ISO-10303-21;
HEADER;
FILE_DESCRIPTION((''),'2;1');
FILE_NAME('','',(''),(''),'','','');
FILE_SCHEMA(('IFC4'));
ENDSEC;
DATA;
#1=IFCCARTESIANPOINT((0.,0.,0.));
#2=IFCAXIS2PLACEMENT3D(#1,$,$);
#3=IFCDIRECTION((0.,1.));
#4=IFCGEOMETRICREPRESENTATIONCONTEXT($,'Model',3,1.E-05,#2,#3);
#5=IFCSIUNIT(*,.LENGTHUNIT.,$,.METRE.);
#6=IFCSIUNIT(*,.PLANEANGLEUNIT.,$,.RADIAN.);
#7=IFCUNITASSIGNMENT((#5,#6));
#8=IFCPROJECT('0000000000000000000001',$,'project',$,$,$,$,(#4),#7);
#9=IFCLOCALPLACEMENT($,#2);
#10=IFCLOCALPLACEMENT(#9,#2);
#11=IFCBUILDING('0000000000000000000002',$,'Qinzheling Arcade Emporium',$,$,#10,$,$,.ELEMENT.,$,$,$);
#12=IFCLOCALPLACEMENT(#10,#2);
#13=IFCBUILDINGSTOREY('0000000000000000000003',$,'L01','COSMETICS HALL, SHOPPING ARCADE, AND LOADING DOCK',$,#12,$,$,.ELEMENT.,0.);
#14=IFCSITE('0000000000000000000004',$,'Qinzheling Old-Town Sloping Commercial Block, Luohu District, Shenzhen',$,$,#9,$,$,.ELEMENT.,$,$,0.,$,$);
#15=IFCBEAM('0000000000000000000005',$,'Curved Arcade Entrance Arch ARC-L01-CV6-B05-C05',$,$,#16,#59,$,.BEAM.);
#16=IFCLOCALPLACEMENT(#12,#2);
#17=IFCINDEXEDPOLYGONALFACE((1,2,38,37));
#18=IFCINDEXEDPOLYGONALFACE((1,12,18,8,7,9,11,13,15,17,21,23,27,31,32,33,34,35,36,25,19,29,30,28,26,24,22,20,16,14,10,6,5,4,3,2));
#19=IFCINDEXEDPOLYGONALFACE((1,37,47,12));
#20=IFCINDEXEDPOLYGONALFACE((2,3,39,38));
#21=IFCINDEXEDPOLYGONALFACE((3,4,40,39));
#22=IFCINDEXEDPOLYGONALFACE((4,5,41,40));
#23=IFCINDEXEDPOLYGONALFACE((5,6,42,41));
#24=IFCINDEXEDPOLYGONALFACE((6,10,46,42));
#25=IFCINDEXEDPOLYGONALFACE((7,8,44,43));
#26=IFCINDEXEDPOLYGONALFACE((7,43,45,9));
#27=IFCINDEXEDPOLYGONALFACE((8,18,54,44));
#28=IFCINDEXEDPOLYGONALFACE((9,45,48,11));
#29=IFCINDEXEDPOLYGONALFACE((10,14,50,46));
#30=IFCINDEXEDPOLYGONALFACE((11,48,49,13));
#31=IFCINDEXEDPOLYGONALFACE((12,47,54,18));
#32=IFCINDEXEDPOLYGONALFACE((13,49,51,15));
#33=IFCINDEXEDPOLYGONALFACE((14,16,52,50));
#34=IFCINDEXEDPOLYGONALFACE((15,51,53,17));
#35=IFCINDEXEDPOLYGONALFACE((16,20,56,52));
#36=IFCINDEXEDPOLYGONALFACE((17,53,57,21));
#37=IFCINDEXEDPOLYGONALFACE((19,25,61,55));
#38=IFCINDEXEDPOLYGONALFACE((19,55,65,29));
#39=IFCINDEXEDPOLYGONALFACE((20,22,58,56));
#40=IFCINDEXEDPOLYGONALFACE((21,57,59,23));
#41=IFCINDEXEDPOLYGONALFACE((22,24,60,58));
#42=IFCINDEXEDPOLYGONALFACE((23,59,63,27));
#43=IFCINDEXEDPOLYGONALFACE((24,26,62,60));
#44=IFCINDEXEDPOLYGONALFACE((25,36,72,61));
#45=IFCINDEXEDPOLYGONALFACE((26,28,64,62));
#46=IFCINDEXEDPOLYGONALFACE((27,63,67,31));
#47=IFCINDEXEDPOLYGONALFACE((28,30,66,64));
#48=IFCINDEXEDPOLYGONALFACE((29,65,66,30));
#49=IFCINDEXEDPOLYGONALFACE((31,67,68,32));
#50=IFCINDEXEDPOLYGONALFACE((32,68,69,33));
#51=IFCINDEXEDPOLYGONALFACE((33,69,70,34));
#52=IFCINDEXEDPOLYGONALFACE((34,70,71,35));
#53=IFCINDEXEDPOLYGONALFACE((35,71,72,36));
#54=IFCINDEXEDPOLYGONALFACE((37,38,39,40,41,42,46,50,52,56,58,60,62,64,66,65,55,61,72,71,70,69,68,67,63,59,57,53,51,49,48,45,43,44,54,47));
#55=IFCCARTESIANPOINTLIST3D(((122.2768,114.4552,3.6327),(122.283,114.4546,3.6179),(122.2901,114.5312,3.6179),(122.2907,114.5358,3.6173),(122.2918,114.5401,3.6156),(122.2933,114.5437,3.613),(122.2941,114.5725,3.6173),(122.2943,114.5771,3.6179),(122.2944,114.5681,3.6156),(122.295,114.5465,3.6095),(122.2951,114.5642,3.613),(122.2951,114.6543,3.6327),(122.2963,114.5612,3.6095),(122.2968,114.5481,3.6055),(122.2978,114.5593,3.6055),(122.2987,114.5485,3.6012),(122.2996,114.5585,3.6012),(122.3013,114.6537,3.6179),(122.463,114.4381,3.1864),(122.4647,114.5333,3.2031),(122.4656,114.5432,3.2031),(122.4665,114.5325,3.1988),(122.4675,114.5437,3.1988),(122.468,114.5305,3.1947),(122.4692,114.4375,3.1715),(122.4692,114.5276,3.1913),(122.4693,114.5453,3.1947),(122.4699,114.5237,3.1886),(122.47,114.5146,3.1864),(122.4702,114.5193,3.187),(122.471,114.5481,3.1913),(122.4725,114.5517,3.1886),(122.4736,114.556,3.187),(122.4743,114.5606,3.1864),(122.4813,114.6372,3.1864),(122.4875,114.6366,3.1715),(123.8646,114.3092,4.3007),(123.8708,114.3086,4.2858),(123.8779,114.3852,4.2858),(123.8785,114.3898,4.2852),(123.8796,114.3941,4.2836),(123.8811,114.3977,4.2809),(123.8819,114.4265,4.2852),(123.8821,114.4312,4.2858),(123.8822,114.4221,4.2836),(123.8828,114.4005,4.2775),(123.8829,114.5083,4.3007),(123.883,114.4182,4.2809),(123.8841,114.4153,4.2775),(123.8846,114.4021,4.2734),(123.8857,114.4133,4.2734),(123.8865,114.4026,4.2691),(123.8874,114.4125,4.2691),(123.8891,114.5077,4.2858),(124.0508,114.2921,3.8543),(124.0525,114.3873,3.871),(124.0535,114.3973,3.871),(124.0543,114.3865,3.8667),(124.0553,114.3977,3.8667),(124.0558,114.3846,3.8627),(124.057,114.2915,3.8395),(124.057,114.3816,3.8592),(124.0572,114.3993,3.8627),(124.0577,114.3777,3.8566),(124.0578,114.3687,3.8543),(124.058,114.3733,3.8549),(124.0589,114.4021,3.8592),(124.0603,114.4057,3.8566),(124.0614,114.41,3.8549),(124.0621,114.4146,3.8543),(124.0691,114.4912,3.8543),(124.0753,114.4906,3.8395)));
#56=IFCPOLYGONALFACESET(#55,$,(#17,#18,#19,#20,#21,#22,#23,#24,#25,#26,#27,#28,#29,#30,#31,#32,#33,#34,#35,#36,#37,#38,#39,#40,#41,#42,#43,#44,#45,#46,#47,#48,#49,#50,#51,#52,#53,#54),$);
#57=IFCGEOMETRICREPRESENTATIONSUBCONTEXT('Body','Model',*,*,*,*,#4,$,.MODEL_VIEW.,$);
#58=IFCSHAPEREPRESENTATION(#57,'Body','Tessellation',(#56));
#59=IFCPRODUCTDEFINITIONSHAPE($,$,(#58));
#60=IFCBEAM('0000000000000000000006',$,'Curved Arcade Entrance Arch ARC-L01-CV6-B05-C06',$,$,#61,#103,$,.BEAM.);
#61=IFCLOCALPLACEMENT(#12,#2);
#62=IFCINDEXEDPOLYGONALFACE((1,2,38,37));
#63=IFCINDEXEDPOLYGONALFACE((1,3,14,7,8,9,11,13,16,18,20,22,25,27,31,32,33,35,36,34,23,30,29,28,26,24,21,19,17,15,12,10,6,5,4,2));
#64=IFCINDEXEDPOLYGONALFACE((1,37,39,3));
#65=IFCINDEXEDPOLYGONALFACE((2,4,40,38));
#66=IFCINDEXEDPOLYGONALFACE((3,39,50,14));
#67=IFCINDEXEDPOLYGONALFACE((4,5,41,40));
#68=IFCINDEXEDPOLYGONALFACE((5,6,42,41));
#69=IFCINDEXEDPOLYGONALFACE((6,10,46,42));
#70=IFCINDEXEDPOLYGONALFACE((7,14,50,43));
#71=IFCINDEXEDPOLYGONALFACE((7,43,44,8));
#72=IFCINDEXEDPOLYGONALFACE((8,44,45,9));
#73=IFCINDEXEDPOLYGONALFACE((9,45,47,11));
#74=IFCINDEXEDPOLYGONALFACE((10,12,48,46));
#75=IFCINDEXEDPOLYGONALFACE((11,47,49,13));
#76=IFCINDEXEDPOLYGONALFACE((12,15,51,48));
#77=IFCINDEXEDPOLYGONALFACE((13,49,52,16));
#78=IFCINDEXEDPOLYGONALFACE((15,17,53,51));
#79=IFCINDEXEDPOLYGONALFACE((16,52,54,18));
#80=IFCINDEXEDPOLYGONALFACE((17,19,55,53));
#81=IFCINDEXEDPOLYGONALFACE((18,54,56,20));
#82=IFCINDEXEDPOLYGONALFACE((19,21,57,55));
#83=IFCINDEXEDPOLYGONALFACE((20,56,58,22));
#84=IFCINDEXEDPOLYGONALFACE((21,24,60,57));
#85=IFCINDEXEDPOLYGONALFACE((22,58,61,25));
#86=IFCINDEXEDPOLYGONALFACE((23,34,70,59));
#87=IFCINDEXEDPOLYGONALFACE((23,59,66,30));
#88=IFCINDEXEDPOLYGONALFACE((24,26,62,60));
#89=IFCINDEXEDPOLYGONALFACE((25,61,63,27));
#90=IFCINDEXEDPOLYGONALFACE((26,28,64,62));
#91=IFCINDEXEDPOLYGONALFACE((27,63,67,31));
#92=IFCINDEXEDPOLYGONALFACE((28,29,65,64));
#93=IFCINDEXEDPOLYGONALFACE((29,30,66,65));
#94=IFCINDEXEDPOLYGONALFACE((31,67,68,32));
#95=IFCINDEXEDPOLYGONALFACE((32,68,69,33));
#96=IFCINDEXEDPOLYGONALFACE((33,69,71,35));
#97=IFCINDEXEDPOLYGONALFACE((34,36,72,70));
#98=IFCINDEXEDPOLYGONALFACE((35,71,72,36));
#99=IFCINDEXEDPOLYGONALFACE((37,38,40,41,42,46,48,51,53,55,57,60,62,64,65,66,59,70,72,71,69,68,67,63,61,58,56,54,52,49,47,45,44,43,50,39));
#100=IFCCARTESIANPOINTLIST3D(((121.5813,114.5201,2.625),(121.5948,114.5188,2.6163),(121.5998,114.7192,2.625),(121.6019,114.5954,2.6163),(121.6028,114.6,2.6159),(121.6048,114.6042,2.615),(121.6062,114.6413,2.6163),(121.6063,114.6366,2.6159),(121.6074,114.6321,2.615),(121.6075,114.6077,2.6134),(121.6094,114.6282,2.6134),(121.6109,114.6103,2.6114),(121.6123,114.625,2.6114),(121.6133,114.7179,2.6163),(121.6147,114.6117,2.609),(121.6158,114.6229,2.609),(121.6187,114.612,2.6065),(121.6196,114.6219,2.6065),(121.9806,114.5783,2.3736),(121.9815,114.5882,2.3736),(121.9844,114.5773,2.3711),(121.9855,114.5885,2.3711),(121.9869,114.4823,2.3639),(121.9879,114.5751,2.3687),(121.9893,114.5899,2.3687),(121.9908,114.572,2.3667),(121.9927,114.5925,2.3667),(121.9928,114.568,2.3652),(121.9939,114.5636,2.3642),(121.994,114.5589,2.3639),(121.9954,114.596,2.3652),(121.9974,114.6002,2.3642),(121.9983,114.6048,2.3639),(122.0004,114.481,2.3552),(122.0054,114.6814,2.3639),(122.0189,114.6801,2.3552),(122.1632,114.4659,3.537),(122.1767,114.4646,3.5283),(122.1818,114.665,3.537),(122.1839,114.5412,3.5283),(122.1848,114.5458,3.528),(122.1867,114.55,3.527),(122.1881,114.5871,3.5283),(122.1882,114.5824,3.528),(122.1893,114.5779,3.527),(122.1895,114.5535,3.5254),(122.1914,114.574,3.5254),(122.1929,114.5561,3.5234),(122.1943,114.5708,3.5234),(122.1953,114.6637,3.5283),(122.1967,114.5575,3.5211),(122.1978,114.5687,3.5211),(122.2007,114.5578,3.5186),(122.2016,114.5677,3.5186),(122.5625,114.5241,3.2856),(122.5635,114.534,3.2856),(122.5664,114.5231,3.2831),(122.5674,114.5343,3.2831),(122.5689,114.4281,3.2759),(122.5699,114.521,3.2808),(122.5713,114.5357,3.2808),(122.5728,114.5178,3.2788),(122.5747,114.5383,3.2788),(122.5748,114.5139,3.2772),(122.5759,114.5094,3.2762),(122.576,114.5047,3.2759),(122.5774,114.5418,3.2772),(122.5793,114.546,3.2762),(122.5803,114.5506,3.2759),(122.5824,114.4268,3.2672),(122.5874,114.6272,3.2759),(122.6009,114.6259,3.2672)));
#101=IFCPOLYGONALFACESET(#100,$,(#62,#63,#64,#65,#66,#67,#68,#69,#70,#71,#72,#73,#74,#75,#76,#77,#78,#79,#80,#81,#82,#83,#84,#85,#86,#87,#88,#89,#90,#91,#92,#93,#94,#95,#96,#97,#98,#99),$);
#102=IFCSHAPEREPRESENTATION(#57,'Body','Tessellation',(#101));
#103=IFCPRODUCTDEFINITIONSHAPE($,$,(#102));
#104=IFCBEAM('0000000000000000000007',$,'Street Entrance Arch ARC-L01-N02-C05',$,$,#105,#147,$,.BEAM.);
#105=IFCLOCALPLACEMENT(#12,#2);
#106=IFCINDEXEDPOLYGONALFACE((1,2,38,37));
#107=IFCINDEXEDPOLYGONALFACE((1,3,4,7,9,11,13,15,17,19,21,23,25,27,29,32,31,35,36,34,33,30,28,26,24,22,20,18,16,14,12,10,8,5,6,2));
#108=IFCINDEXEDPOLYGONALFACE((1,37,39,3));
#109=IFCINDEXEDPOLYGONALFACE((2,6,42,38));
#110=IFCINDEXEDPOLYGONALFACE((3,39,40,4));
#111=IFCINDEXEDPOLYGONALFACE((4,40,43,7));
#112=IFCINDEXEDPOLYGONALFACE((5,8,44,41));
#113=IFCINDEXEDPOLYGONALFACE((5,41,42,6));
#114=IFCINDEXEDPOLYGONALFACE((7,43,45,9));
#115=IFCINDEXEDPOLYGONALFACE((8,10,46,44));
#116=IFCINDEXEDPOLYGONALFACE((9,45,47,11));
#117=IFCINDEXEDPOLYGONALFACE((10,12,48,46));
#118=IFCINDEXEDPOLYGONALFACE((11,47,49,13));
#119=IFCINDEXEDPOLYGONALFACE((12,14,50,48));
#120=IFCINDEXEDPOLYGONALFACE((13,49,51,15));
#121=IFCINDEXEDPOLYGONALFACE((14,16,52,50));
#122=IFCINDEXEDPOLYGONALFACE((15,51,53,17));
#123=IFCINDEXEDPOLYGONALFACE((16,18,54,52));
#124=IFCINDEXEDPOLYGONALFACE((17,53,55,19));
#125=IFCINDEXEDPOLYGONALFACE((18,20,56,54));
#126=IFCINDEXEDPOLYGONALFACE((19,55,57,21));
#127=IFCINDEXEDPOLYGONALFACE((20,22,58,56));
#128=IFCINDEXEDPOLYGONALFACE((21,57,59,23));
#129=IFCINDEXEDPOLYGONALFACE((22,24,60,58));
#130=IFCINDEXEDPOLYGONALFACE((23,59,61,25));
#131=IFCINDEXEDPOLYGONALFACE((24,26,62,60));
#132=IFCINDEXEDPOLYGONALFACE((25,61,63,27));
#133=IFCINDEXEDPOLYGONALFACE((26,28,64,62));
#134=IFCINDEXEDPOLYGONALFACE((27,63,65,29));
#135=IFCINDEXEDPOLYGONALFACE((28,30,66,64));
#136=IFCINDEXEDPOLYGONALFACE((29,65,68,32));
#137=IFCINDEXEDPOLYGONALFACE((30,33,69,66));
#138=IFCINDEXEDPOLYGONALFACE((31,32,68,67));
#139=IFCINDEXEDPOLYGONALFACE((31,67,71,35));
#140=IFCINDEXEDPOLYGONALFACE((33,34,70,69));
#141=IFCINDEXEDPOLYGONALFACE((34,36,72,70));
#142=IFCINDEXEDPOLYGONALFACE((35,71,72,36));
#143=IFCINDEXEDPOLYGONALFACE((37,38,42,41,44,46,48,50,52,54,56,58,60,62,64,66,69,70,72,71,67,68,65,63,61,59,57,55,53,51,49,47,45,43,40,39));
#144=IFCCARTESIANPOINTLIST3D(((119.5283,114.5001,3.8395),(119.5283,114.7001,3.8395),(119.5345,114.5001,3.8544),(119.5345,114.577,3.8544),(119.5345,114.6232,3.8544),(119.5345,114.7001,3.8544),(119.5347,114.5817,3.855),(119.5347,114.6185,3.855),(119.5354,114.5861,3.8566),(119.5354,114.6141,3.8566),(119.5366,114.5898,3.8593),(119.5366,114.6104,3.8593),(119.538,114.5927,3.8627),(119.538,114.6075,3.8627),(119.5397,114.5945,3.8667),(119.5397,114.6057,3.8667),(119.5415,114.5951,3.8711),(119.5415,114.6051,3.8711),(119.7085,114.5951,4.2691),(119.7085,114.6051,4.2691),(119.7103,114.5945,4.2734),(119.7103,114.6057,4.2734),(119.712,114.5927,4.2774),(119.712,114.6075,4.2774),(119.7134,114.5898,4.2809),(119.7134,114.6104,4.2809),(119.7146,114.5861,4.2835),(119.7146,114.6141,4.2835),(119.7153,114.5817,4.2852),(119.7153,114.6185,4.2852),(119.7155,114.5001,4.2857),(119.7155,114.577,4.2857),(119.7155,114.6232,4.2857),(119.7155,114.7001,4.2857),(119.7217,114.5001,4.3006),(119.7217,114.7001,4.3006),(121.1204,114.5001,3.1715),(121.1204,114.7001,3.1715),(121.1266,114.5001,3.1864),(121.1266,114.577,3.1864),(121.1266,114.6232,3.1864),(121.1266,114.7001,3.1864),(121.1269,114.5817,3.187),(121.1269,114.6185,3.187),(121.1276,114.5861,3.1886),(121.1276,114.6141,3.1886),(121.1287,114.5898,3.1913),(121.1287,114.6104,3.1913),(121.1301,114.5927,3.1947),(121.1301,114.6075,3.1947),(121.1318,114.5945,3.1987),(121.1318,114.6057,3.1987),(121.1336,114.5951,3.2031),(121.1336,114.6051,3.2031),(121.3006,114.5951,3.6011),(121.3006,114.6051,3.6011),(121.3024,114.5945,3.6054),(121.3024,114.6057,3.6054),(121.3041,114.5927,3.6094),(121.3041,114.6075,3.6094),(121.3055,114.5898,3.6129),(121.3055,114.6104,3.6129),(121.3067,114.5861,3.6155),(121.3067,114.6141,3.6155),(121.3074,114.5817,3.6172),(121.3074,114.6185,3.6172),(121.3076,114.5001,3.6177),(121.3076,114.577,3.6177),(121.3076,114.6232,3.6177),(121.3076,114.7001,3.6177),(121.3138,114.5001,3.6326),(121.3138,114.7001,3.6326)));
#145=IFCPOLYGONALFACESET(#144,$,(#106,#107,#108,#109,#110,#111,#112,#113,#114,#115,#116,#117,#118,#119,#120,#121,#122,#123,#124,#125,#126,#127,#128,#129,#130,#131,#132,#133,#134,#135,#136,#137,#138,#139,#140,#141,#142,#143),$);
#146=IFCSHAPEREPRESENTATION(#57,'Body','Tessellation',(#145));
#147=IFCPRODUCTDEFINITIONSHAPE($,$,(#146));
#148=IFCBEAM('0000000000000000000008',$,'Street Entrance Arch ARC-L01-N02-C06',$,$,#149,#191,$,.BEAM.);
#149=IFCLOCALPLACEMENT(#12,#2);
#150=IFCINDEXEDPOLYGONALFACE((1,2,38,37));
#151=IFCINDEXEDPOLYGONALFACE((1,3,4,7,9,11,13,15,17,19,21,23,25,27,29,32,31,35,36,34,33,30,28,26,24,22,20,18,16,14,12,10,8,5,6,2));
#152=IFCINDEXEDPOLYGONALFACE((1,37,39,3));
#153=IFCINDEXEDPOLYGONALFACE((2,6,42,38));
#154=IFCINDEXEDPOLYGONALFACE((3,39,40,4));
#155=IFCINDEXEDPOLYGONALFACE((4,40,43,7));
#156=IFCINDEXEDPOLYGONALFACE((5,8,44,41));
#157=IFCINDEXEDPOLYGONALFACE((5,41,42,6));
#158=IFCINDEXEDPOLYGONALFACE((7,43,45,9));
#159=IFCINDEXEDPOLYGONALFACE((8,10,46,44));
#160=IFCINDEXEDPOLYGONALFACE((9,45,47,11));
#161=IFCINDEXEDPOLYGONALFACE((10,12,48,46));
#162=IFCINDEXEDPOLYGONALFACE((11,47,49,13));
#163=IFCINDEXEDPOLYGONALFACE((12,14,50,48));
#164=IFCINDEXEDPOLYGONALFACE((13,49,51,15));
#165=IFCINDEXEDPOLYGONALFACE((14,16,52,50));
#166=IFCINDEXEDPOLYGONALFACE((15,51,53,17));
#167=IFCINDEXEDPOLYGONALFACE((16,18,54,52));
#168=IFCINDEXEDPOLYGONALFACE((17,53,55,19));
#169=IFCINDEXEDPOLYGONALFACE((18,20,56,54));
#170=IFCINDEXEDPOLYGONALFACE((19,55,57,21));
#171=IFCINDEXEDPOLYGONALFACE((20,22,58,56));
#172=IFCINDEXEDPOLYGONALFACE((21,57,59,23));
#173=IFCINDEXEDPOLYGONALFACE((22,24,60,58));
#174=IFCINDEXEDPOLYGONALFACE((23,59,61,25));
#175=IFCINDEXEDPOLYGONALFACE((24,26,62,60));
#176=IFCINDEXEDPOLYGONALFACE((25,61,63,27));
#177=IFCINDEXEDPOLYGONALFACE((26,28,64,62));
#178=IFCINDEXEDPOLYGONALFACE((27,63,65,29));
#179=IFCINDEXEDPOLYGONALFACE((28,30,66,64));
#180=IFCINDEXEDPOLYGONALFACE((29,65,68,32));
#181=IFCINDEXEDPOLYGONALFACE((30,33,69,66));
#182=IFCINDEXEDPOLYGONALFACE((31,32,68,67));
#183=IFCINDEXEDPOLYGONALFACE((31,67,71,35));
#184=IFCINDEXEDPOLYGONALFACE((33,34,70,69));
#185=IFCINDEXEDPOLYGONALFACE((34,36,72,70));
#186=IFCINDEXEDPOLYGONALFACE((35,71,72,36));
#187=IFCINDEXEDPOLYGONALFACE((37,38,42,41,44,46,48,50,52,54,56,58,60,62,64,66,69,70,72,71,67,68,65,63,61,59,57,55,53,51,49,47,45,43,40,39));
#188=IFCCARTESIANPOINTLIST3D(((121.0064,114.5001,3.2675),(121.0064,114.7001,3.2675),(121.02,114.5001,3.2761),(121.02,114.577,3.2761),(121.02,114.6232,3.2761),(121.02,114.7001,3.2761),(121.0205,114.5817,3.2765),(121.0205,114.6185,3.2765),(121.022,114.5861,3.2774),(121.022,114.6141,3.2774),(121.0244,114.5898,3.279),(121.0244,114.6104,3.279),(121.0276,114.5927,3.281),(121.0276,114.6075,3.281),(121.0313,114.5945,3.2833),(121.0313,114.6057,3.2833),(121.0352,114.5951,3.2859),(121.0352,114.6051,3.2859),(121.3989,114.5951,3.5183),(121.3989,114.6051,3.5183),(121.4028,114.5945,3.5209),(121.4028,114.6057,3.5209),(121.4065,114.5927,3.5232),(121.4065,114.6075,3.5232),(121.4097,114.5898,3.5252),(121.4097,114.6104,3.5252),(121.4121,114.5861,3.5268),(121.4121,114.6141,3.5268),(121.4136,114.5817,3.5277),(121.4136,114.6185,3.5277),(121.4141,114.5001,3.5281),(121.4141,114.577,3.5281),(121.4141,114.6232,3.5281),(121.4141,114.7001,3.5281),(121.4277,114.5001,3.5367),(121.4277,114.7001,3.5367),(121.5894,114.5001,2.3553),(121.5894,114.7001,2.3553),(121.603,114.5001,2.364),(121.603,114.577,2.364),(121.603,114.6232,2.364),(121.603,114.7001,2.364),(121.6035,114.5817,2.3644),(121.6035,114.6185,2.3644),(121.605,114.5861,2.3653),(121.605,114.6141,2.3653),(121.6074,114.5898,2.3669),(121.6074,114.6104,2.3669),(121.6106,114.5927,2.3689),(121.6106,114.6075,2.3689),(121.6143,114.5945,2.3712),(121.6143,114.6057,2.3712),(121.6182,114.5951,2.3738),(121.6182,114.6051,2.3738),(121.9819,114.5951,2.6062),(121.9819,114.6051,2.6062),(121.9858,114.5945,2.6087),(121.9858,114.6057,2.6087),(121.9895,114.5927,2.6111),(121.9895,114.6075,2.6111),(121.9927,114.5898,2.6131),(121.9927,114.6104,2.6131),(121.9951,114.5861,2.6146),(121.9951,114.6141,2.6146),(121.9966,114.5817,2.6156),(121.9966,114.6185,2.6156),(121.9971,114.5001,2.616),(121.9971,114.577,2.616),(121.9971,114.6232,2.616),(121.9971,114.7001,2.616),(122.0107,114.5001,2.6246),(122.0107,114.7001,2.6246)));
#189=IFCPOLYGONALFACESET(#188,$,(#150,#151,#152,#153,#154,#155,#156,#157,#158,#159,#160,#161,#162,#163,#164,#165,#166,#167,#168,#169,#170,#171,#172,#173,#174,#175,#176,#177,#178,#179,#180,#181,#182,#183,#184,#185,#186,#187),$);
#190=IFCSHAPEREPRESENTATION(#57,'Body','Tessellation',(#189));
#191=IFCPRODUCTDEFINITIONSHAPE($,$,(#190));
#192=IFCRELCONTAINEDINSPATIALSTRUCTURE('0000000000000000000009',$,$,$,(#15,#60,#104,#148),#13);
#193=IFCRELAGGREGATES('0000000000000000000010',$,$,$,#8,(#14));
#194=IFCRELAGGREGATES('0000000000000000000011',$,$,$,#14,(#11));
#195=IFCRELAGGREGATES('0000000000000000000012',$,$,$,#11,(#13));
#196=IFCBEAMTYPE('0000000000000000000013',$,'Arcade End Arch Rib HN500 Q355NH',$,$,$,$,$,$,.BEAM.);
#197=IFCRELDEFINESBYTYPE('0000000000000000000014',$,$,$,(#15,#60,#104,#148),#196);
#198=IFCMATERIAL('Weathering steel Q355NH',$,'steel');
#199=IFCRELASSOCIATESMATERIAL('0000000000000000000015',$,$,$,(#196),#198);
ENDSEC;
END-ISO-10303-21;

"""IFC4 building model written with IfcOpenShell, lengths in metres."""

from ifc_helpers import new_model, si_unit, direction, frame, origin, origin_2d, place, context, subcontext, project, spatial, i_section, extrude, material, material_profile, profile_set, type_object, element, save


model = new_model("IFC4")

# Units and contexts
model_context = context("Model", 3, precision=1e-05, world=origin(), true_north=direction((0.0, 1.0)))
body_context = subcontext(model_context, "Body", "Model", "MODEL_VIEW")
ifc_project = project(units=[si_unit("LENGTHUNIT", "METRE"), si_unit("PLANEANGLEUNIT", "RADIAN")], contexts=[model_context])

# Site, building, storey
site_placement = place(None, origin())
site = spatial("IfcSite", under=ifc_project, at=site_placement, Name="Qinzheling Old-Town Sloping Commercial Block, Luohu District, Shenzhen", CompositionType="ELEMENT", RefElevation=0.0)
building_placement = place(site_placement, origin())
building = spatial("IfcBuilding", under=site, at=building_placement, Name="Qinzheling Arcade Emporium", CompositionType="ELEMENT")
storey_placement = place(building_placement, origin())
storey = spatial("IfcBuildingStorey", under=building, at=storey_placement, Name="L01", Description="COSMETICS HALL, SHOPPING ARCADE, AND LOADING DOCK", CompositionType="ELEMENT", Elevation=0.0)

# Beams
ifc_material_1 = material(Name="Weathering steel Q355NH", Category="steel")
ifc_material_profile_1 = material_profile(ifc_material_1, i_section(OverallWidth=0.2, OverallDepth=0.5, WebThickness=0.01, FlangeThickness=0.0161, FilletRadius=0.0181, at=origin_2d()), Name="HN 500x200x10x16", Category="steel")
ifc_profile_set_1 = profile_set([ifc_material_profile_1], Name="Weathering steel Q355NH")
beam_type_1 = type_object("IfcBeamType", Name="Arcade End Arch Rib HN500 Q355NH", PredefinedType="BEAM", material=ifc_profile_set_1)
beam_1_placement = place(storey_placement, frame((123.97, 114.3999, 4.0701), z_axis=(-0.918471, 0.084447, -0.386368), x_axis=(-0.091557, -0.9958, 0.0)))
element("IfcBeam", 1, at=beam_1_placement, inside=storey, type_object=beam_type_1, Name="Curved Arcade Entrance Arch ARC-L01-CV6-B05-C05", PredefinedType="BEAM", context=body_context, shape_type="SweptSolid", body=[
    extrude(i_section(OverallWidth=0.2, OverallDepth=0.5, WebThickness=0.01, FlangeThickness=0.0161, FilletRadius=0.0181, at=origin_2d()), origin(), (0.0, 0.0, 1.0), 1.7288),
])
beam_2_placement = place(storey_placement, frame((122.3821, 114.5459, 3.4021), z_axis=(-0.537253, 0.050029, -0.841936), x_axis=(-0.09272, -0.995692, 0.0)))
element("IfcBeam", 2, at=beam_2_placement, inside=storey, type_object=beam_type_1, Name="Curved Arcade Entrance Arch ARC-L01-CV6-B05-C06", PredefinedType="BEAM", context=body_context, shape_type="SweptSolid", body=[
    extrude(i_section(OverallWidth=0.2, OverallDepth=0.5, WebThickness=0.01, FlangeThickness=0.0161, FilletRadius=0.0181, at=origin_2d()), origin(), (0.0, 0.0, 1.0), 1.0833),
])
beam_3_placement = place(storey_placement, frame((119.625, 114.6001, 4.0701), z_axis=(0.922124, 0.0, -0.386893), x_axis=(0.0, 1.0, 0.0)))
element("IfcBeam", 3, at=beam_3_placement, inside=storey, type_object=beam_type_1, Name="Street Entrance Arch ARC-L01-N02-C05", PredefinedType="BEAM", context=body_context, shape_type="SweptSolid", body=[
    extrude(i_section(OverallWidth=0.2, OverallDepth=0.5, WebThickness=0.01, FlangeThickness=0.0161, FilletRadius=0.0181, at=origin_2d()), origin(), (0.0, 0.0, 1.0), 1.7266),
])
beam_4_placement = place(storey_placement, frame((121.217, 114.6001, 3.4021), z_axis=(0.538567, 0.0, -0.842583), x_axis=(0.0, 1.0, 0.0)))
element("IfcBeam", 4, at=beam_4_placement, inside=storey, type_object=beam_type_1, Name="Street Entrance Arch ARC-L01-N02-C06", PredefinedType="BEAM", context=body_context, shape_type="SweptSolid", body=[
    extrude(i_section(OverallWidth=0.2, OverallDepth=0.5, WebThickness=0.01, FlangeThickness=0.0161, FilletRadius=0.0181, at=origin_2d()), origin(), (0.0, 0.0, 1.0), 1.0825),
])

save(model, "model.ifc")
